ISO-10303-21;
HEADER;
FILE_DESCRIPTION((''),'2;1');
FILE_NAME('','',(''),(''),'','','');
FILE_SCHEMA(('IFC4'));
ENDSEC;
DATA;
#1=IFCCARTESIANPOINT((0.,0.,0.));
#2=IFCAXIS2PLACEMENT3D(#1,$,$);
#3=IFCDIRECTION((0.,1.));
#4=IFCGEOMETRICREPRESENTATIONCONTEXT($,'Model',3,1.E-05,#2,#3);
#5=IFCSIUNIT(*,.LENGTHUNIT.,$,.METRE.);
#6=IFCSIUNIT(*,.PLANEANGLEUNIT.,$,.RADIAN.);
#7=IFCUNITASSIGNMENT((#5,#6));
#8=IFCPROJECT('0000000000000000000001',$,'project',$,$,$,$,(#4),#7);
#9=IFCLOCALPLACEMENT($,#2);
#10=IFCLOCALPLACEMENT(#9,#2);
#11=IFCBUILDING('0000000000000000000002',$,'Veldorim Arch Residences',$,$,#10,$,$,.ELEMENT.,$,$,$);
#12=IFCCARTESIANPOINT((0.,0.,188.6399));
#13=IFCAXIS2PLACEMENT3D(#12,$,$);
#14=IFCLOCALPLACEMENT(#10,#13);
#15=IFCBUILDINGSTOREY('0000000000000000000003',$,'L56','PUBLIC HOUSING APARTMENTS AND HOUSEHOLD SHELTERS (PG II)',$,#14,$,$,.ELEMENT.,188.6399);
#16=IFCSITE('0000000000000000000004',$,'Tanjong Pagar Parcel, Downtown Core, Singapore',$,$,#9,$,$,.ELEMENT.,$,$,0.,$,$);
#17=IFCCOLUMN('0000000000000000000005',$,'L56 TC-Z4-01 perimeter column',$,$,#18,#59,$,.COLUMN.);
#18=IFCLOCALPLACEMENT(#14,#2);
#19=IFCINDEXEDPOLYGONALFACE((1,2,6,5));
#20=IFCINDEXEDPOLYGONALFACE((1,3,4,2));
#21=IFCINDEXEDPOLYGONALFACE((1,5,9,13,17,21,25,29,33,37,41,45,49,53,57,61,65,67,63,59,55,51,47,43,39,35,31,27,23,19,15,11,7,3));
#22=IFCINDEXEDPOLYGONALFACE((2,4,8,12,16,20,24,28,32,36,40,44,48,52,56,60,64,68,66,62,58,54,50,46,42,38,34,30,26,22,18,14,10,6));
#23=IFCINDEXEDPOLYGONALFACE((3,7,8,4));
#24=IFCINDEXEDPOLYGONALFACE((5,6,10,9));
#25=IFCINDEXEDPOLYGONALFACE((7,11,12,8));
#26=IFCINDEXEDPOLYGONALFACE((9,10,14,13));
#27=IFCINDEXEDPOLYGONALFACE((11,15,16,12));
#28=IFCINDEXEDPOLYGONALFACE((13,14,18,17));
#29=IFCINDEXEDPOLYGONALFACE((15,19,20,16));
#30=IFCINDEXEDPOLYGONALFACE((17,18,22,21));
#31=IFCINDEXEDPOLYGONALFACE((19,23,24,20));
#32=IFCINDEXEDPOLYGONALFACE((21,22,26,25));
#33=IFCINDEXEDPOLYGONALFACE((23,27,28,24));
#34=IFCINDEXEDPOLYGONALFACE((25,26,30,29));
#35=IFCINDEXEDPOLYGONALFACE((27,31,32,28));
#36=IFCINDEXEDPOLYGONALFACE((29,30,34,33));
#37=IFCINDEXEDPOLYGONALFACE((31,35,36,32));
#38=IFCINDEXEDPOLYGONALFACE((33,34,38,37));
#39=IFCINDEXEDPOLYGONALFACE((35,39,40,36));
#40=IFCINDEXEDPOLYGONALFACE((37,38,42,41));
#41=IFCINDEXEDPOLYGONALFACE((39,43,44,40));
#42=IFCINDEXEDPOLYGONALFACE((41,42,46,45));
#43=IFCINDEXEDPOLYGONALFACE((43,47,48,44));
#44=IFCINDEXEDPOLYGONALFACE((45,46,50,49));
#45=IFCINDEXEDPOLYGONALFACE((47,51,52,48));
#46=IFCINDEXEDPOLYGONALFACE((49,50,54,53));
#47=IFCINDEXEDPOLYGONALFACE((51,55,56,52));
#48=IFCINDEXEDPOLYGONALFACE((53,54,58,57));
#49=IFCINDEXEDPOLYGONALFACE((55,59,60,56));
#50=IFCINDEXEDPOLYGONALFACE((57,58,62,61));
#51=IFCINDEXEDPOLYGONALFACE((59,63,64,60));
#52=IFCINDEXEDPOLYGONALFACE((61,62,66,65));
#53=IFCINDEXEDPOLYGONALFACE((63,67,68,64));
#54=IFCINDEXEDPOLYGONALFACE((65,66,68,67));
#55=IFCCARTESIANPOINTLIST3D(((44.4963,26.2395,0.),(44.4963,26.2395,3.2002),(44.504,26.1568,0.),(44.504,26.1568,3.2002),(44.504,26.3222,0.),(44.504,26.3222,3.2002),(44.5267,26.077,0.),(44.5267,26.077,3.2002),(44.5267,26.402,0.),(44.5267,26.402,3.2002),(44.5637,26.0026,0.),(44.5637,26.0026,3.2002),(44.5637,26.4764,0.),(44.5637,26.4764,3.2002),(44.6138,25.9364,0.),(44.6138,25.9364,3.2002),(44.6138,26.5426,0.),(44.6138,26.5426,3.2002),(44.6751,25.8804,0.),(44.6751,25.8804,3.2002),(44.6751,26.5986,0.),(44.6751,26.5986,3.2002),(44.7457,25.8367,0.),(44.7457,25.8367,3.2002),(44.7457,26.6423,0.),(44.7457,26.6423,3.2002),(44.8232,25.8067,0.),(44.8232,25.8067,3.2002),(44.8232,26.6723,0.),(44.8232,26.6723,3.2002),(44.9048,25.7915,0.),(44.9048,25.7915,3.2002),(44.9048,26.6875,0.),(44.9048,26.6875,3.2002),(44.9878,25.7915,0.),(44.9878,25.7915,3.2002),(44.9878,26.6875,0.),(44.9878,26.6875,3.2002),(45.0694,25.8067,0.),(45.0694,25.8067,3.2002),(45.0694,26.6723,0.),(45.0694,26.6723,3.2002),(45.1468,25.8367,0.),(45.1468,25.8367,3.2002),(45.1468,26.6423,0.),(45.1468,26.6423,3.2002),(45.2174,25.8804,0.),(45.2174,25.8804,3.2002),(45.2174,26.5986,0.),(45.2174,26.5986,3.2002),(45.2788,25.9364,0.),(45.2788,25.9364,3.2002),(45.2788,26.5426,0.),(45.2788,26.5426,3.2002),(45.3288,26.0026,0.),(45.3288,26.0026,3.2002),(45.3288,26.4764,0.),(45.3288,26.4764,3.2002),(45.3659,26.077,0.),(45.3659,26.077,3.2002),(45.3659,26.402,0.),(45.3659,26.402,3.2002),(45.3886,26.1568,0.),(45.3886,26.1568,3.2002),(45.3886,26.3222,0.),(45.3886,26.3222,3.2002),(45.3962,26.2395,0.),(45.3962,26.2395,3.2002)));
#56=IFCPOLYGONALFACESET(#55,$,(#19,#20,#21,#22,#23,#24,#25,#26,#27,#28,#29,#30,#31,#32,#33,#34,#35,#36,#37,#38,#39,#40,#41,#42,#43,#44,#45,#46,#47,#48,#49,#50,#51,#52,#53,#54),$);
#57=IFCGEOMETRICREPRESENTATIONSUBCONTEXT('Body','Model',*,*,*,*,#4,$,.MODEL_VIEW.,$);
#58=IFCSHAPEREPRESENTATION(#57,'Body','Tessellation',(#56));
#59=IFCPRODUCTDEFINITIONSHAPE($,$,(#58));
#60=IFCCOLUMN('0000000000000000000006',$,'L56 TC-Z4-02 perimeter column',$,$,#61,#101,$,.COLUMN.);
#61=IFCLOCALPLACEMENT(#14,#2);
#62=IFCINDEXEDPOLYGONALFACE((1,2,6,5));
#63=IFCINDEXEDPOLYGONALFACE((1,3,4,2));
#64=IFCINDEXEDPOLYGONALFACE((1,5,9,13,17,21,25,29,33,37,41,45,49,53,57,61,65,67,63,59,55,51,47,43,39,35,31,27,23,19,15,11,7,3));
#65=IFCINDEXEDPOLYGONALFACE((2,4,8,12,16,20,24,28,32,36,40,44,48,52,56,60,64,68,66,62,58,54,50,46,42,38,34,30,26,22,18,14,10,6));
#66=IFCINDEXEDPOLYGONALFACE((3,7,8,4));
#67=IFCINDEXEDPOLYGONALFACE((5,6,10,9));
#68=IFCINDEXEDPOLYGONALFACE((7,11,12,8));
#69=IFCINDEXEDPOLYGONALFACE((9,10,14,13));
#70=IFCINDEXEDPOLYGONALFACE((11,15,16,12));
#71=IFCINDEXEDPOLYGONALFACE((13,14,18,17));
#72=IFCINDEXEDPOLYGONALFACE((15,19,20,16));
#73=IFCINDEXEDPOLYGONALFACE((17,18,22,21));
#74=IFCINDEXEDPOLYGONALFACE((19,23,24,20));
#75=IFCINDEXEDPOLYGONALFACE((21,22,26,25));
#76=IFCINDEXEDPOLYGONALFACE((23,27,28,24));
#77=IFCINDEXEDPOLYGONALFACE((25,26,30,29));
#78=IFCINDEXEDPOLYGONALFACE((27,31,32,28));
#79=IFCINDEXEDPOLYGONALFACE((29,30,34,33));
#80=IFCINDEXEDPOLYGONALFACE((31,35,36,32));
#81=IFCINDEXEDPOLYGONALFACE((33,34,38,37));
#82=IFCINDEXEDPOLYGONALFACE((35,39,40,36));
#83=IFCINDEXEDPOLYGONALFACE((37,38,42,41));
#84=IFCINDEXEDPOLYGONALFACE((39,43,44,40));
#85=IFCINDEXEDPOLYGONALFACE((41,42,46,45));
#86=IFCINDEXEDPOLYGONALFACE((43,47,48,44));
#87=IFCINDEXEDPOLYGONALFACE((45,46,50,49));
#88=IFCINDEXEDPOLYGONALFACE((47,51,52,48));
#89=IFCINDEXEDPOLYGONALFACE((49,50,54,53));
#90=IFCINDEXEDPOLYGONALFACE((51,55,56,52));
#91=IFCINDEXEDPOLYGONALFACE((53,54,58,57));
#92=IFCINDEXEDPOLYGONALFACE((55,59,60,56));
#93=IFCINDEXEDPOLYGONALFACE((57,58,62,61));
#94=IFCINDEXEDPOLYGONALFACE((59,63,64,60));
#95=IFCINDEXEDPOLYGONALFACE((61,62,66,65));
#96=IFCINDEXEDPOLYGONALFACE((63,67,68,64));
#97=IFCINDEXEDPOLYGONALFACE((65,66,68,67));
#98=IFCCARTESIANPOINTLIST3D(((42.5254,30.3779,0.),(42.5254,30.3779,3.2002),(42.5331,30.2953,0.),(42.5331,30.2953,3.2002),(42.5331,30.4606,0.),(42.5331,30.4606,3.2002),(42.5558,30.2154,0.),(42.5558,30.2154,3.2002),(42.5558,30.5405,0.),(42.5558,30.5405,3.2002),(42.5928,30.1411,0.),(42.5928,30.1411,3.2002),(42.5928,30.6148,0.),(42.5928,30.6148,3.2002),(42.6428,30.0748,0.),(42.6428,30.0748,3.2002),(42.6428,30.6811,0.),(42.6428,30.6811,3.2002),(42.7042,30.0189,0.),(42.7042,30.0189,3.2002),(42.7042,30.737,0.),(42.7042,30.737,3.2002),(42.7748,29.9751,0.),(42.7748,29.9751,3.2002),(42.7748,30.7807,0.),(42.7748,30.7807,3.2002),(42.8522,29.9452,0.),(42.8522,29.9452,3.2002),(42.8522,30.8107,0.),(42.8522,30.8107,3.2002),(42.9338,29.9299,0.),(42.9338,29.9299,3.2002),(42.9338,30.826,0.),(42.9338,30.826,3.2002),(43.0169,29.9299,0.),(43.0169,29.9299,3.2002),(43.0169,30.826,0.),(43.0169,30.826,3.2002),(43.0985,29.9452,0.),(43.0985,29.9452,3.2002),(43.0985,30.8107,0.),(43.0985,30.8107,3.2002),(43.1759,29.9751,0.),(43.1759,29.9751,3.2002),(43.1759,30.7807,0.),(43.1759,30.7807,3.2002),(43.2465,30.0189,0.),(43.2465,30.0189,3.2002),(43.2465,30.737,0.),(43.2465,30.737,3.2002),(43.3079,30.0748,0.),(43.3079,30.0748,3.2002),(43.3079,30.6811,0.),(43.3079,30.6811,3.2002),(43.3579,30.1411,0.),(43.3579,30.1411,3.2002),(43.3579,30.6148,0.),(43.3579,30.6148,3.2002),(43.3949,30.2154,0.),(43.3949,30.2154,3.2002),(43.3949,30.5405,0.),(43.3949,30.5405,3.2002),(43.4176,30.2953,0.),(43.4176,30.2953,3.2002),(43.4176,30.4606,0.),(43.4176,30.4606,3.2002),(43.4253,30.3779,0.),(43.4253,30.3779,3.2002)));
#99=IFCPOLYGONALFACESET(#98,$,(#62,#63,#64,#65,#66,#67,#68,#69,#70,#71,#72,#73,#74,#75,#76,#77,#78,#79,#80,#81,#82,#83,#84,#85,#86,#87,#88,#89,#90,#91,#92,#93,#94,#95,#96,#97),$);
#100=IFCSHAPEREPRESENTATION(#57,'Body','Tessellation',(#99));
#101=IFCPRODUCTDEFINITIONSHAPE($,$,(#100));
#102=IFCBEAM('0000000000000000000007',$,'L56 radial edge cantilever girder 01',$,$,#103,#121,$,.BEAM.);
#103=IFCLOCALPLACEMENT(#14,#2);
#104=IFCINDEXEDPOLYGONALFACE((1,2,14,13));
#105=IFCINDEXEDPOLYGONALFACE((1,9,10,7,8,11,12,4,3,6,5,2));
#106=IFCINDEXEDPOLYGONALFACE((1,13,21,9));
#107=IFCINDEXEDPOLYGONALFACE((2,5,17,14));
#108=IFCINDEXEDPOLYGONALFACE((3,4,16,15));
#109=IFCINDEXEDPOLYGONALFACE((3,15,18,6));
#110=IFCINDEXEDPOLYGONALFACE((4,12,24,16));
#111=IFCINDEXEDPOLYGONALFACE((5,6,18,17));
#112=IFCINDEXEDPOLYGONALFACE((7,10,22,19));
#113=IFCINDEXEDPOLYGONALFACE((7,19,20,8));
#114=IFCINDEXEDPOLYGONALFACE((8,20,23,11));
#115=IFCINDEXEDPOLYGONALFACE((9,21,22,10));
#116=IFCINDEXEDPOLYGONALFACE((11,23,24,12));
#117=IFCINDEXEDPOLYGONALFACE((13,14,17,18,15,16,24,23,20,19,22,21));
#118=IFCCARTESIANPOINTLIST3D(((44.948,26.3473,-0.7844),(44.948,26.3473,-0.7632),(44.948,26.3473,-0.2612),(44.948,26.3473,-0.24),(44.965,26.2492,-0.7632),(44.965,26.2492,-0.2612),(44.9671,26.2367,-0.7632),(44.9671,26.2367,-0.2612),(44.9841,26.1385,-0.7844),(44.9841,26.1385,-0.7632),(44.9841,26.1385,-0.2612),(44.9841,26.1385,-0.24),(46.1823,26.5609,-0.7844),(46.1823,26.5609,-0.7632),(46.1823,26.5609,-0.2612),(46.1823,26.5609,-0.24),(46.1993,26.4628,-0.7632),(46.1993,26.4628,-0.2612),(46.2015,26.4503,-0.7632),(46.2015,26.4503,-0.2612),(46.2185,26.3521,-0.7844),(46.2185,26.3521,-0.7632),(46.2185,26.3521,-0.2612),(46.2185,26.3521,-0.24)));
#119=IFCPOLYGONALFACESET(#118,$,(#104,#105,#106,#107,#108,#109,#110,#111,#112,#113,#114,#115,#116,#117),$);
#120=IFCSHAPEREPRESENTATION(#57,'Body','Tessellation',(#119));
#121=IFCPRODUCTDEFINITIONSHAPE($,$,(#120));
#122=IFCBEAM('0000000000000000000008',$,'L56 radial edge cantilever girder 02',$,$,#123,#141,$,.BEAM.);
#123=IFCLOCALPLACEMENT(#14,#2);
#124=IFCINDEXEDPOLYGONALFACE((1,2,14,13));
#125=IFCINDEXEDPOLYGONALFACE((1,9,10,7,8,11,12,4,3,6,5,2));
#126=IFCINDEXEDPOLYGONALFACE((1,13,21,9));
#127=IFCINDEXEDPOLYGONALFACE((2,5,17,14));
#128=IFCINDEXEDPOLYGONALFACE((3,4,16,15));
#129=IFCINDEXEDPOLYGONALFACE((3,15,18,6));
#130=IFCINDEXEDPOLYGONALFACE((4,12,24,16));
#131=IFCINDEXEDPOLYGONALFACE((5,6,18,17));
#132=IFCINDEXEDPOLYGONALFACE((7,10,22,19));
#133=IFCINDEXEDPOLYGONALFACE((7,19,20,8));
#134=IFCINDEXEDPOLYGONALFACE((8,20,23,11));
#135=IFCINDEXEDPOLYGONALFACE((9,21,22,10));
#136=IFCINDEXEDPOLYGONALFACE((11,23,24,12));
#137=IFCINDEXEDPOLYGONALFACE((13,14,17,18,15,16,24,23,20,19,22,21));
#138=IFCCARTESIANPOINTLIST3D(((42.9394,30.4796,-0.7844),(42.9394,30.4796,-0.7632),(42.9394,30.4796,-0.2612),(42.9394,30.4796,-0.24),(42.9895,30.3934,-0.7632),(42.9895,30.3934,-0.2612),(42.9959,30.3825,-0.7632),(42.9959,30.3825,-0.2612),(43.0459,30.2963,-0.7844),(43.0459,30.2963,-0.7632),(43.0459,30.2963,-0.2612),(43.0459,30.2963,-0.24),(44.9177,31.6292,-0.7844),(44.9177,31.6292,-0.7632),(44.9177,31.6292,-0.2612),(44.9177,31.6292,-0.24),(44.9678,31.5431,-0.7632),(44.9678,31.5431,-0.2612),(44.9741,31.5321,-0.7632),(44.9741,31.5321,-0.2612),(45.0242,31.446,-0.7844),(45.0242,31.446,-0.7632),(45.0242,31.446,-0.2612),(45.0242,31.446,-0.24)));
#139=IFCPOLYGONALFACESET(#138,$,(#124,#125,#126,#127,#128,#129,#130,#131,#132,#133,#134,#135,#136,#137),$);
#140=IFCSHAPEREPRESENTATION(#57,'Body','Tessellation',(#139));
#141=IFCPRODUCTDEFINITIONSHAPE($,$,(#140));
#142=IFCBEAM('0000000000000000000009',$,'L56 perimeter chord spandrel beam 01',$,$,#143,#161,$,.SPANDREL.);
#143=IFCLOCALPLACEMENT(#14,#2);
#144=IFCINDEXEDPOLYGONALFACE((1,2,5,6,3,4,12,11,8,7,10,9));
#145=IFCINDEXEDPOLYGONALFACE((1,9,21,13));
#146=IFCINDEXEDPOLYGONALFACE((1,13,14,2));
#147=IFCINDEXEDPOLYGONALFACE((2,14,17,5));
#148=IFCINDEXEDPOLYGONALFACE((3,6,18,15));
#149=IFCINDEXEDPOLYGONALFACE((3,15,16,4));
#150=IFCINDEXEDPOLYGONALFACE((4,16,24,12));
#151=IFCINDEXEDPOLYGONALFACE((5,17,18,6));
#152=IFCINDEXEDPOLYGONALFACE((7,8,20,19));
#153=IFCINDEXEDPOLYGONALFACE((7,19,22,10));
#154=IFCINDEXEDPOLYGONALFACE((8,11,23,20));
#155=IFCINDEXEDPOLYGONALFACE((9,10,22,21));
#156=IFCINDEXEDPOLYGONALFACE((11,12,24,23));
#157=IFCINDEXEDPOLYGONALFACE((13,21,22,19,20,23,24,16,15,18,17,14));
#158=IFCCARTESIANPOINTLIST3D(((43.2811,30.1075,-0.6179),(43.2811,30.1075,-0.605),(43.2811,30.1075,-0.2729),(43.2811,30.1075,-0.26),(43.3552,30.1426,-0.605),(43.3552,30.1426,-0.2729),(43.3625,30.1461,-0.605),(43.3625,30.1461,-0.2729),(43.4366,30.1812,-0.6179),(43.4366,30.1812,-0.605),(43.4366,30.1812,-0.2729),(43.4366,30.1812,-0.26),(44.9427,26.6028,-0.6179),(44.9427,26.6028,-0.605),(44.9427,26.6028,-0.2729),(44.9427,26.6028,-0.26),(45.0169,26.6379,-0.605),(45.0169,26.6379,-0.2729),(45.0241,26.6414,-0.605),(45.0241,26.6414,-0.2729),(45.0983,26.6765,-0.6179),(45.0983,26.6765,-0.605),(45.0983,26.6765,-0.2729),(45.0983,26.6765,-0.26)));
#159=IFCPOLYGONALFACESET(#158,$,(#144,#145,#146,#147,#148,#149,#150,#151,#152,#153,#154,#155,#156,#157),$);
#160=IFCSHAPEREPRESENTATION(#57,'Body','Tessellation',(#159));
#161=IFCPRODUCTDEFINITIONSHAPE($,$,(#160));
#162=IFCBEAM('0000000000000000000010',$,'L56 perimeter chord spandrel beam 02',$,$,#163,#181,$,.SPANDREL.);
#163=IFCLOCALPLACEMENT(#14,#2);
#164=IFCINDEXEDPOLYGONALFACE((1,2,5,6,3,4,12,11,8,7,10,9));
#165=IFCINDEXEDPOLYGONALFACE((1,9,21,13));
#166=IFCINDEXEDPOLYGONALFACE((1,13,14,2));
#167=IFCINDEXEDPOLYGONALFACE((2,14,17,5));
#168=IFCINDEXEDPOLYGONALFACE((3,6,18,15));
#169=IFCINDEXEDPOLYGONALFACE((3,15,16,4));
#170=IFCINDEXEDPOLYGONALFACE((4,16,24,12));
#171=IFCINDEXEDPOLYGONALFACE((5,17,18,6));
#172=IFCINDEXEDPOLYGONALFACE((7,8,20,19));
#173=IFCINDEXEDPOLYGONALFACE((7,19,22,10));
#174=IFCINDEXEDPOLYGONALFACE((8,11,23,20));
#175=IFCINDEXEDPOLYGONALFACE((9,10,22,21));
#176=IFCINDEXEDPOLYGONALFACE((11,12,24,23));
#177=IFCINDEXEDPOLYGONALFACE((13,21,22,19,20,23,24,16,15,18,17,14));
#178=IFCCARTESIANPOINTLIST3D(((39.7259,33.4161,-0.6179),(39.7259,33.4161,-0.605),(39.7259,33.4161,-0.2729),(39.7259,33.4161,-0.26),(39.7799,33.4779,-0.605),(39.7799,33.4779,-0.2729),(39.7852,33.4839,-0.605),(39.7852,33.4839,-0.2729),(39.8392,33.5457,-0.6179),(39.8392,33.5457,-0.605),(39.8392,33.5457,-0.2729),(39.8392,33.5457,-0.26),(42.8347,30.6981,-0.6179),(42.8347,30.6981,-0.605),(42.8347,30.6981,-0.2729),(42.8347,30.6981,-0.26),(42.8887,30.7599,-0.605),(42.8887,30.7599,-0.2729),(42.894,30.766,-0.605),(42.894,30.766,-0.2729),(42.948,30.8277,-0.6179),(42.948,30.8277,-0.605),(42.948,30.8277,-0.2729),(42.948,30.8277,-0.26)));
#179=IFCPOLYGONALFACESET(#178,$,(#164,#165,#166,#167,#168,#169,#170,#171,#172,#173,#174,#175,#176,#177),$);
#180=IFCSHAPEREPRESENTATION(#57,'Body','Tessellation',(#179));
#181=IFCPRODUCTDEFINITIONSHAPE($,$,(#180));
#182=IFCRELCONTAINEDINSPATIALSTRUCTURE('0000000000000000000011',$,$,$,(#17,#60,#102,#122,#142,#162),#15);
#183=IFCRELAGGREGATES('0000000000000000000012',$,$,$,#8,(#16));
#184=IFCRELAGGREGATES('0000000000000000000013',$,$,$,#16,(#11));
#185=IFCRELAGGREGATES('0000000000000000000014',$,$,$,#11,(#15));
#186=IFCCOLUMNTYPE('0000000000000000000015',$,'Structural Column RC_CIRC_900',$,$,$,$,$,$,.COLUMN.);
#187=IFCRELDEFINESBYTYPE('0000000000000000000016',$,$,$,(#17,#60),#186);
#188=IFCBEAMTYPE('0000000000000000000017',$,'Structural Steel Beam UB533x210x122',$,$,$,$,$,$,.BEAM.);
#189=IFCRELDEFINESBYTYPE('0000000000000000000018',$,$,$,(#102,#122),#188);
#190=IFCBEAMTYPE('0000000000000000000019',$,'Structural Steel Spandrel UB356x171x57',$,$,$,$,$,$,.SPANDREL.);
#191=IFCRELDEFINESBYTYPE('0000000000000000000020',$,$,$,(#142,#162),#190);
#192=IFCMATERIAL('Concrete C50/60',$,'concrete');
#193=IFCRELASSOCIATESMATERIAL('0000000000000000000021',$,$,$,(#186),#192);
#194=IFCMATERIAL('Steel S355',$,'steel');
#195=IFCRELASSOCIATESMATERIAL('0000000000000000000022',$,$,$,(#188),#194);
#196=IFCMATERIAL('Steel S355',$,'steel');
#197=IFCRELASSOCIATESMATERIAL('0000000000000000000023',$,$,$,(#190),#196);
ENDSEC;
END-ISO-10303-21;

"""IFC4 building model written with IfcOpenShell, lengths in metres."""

from ifc_helpers import new_model, si_unit, direction, frame, origin, origin_2d, place, context, subcontext, project, spatial, circle, i_section, extrude, material, material_profile, profile_set, type_object, element, save


model = new_model("IFC4")

# Units and contexts
model_context = context("Model", 3, precision=1e-05, world=origin(), true_north=direction((0.0, 1.0)))
body_context = subcontext(model_context, "Body", "Model", "MODEL_VIEW")
ifc_project = project(units=[si_unit("LENGTHUNIT", "METRE"), si_unit("PLANEANGLEUNIT", "RADIAN")], contexts=[model_context])

# Site, building, storey
site_placement = place(None, origin())
site = spatial("IfcSite", under=ifc_project, at=site_placement, Name="Tanjong Pagar Parcel, Downtown Core, Singapore", CompositionType="ELEMENT", RefElevation=0.0)
building_placement = place(site_placement, origin())
building = spatial("IfcBuilding", under=site, at=building_placement, Name="Veldorim Arch Residences", CompositionType="ELEMENT")
storey_placement = place(building_placement, frame((0.0, 0.0, 188.6399)))
storey = spatial("IfcBuildingStorey", under=building, at=storey_placement, Name="L56", Description="PUBLIC HOUSING APARTMENTS AND HOUSEHOLD SHELTERS (PG II)", CompositionType="ELEMENT", Elevation=188.6399)

# Columns
ifc_material_1 = material(Name="Concrete C50/60", Category="concrete")
ifc_material_profile_1 = material_profile(ifc_material_1, circle(Radius=0.45, at=origin_2d()), Name="RC_CIRC_900")
ifc_profile_set_1 = profile_set([ifc_material_profile_1], Name="Concrete C50/60")
column_type = type_object("IfcColumnType", Name="Structural Column RC_CIRC_900", PredefinedType="COLUMN", material=ifc_profile_set_1)
for number, where, z_axis, x_axis, name in (
    (1, (44.9463, 26.2395, 0.0), (0.0, 0.0, 1.0), (1.0, 0.0, 0.0), "L56 TC-Z4-01 perimeter column"),
    (2, (42.9753, 30.3779, 0.0), (0.0, 0.0, 1.0), (1.0, 0.0, 0.0), "L56 TC-Z4-02 perimeter column"),
):
    element("IfcColumn", number, at=place(storey_placement, frame(where, z_axis=z_axis, x_axis=x_axis)), inside=storey, type_object=column_type, Name=name, PredefinedType="COLUMN", context=body_context, shape_type="SweptSolid", body=[
        extrude(circle(Radius=0.45, at=origin_2d()), origin(), (0.0, 0.0, 1.0), 3.2002),
    ])

# Beams
ifc_material_2 = material(Name="Steel S355", Category="steel")
ifc_material_profile_2 = material_profile(ifc_material_2, i_section(OverallWidth=0.2119, OverallDepth=0.5444, WebThickness=0.0127, FlangeThickness=0.0212, at=origin_2d()), Name="UB533x210x122")
ifc_profile_set_2 = profile_set([ifc_material_profile_2], Name="Steel S355")
beam_type_1 = type_object("IfcBeamType", Name="Structural Steel Beam UB533x210x122", PredefinedType="BEAM", material=ifc_profile_set_2)
beam_1_placement = place(storey_placement, frame((44.9661, 26.2429, -0.5122), z_axis=(0.985353, 0.170527, 0.0), x_axis=(-0.170527, 0.985353, 0.0)))
element("IfcBeam", 3, at=beam_1_placement, inside=storey, type_object=beam_type_1, Name="L56 radial edge cantilever girder 01", PredefinedType="BEAM", context=body_context, shape_type="SweptSolid", body=[
    extrude(i_section(OverallWidth=0.2119, OverallDepth=0.5444, WebThickness=0.0127, FlangeThickness=0.0212, at=origin_2d()), origin(), (0.0, 0.0, 1.0), 1.2527),
])
beam_2_placement = place(storey_placement, frame((42.9927, 30.3879, -0.5122), z_axis=(0.864602, 0.502457, 0.0), x_axis=(-0.502457, 0.864602, 0.0)))
element("IfcBeam", 4, at=beam_2_placement, inside=storey, type_object=beam_type_1, Name="L56 radial edge cantilever girder 02", PredefinedType="BEAM", context=body_context, shape_type="SweptSolid", body=[
    extrude(i_section(OverallWidth=0.2119, OverallDepth=0.5444, WebThickness=0.0127, FlangeThickness=0.0212, at=origin_2d()), origin(), (0.0, 0.0, 1.0), 2.2881),
])
ifc_material_3 = material(Name="Steel S355", Category="steel")
ifc_material_profile_3 = material_profile(ifc_material_3, i_section(OverallWidth=0.1721, OverallDepth=0.3579, WebThickness=0.0081, FlangeThickness=0.0129, at=origin_2d()), Name="UB356x171x57")
ifc_profile_set_3 = profile_set([ifc_material_profile_3], Name="Steel S355")
beam_type_2 = type_object("IfcBeamType", Name="Structural Steel Spandrel UB356x171x57", PredefinedType="SPANDREL", material=ifc_profile_set_3)
beam_3_placement = place(storey_placement, frame((45.0205, 26.6396, -0.439), z_axis=(-0.428408, 0.903585, 0.0), x_axis=(-0.903585, -0.428408, 0.0)))
element("IfcBeam", 5, at=beam_3_placement, inside=storey, type_object=beam_type_2, Name="L56 perimeter chord spandrel beam 01", PredefinedType="SPANDREL", context=body_context, shape_type="SweptSolid", body=[
    extrude(i_section(OverallWidth=0.1721, OverallDepth=0.3579, WebThickness=0.0081, FlangeThickness=0.0129, at=origin_2d()), origin(), (0.0, 0.0, 1.0), 3.8787),
])
beam_4_placement = place(storey_placement, frame((42.8914, 30.7629, -0.439), z_axis=(-0.752848, 0.658195, 0.0), x_axis=(-0.658195, -0.752848, 0.0)))
element("IfcBeam", 6, at=beam_4_placement, inside=storey, type_object=beam_type_2, Name="L56 perimeter chord spandrel beam 02", PredefinedType="SPANDREL", context=body_context, shape_type="SweptSolid", body=[
    extrude(i_section(OverallWidth=0.1721, OverallDepth=0.3579, WebThickness=0.0081, FlangeThickness=0.0129, at=origin_2d()), origin(), (0.0, 0.0, 1.0), 4.1294),
])

save(model, "model.ifc")
